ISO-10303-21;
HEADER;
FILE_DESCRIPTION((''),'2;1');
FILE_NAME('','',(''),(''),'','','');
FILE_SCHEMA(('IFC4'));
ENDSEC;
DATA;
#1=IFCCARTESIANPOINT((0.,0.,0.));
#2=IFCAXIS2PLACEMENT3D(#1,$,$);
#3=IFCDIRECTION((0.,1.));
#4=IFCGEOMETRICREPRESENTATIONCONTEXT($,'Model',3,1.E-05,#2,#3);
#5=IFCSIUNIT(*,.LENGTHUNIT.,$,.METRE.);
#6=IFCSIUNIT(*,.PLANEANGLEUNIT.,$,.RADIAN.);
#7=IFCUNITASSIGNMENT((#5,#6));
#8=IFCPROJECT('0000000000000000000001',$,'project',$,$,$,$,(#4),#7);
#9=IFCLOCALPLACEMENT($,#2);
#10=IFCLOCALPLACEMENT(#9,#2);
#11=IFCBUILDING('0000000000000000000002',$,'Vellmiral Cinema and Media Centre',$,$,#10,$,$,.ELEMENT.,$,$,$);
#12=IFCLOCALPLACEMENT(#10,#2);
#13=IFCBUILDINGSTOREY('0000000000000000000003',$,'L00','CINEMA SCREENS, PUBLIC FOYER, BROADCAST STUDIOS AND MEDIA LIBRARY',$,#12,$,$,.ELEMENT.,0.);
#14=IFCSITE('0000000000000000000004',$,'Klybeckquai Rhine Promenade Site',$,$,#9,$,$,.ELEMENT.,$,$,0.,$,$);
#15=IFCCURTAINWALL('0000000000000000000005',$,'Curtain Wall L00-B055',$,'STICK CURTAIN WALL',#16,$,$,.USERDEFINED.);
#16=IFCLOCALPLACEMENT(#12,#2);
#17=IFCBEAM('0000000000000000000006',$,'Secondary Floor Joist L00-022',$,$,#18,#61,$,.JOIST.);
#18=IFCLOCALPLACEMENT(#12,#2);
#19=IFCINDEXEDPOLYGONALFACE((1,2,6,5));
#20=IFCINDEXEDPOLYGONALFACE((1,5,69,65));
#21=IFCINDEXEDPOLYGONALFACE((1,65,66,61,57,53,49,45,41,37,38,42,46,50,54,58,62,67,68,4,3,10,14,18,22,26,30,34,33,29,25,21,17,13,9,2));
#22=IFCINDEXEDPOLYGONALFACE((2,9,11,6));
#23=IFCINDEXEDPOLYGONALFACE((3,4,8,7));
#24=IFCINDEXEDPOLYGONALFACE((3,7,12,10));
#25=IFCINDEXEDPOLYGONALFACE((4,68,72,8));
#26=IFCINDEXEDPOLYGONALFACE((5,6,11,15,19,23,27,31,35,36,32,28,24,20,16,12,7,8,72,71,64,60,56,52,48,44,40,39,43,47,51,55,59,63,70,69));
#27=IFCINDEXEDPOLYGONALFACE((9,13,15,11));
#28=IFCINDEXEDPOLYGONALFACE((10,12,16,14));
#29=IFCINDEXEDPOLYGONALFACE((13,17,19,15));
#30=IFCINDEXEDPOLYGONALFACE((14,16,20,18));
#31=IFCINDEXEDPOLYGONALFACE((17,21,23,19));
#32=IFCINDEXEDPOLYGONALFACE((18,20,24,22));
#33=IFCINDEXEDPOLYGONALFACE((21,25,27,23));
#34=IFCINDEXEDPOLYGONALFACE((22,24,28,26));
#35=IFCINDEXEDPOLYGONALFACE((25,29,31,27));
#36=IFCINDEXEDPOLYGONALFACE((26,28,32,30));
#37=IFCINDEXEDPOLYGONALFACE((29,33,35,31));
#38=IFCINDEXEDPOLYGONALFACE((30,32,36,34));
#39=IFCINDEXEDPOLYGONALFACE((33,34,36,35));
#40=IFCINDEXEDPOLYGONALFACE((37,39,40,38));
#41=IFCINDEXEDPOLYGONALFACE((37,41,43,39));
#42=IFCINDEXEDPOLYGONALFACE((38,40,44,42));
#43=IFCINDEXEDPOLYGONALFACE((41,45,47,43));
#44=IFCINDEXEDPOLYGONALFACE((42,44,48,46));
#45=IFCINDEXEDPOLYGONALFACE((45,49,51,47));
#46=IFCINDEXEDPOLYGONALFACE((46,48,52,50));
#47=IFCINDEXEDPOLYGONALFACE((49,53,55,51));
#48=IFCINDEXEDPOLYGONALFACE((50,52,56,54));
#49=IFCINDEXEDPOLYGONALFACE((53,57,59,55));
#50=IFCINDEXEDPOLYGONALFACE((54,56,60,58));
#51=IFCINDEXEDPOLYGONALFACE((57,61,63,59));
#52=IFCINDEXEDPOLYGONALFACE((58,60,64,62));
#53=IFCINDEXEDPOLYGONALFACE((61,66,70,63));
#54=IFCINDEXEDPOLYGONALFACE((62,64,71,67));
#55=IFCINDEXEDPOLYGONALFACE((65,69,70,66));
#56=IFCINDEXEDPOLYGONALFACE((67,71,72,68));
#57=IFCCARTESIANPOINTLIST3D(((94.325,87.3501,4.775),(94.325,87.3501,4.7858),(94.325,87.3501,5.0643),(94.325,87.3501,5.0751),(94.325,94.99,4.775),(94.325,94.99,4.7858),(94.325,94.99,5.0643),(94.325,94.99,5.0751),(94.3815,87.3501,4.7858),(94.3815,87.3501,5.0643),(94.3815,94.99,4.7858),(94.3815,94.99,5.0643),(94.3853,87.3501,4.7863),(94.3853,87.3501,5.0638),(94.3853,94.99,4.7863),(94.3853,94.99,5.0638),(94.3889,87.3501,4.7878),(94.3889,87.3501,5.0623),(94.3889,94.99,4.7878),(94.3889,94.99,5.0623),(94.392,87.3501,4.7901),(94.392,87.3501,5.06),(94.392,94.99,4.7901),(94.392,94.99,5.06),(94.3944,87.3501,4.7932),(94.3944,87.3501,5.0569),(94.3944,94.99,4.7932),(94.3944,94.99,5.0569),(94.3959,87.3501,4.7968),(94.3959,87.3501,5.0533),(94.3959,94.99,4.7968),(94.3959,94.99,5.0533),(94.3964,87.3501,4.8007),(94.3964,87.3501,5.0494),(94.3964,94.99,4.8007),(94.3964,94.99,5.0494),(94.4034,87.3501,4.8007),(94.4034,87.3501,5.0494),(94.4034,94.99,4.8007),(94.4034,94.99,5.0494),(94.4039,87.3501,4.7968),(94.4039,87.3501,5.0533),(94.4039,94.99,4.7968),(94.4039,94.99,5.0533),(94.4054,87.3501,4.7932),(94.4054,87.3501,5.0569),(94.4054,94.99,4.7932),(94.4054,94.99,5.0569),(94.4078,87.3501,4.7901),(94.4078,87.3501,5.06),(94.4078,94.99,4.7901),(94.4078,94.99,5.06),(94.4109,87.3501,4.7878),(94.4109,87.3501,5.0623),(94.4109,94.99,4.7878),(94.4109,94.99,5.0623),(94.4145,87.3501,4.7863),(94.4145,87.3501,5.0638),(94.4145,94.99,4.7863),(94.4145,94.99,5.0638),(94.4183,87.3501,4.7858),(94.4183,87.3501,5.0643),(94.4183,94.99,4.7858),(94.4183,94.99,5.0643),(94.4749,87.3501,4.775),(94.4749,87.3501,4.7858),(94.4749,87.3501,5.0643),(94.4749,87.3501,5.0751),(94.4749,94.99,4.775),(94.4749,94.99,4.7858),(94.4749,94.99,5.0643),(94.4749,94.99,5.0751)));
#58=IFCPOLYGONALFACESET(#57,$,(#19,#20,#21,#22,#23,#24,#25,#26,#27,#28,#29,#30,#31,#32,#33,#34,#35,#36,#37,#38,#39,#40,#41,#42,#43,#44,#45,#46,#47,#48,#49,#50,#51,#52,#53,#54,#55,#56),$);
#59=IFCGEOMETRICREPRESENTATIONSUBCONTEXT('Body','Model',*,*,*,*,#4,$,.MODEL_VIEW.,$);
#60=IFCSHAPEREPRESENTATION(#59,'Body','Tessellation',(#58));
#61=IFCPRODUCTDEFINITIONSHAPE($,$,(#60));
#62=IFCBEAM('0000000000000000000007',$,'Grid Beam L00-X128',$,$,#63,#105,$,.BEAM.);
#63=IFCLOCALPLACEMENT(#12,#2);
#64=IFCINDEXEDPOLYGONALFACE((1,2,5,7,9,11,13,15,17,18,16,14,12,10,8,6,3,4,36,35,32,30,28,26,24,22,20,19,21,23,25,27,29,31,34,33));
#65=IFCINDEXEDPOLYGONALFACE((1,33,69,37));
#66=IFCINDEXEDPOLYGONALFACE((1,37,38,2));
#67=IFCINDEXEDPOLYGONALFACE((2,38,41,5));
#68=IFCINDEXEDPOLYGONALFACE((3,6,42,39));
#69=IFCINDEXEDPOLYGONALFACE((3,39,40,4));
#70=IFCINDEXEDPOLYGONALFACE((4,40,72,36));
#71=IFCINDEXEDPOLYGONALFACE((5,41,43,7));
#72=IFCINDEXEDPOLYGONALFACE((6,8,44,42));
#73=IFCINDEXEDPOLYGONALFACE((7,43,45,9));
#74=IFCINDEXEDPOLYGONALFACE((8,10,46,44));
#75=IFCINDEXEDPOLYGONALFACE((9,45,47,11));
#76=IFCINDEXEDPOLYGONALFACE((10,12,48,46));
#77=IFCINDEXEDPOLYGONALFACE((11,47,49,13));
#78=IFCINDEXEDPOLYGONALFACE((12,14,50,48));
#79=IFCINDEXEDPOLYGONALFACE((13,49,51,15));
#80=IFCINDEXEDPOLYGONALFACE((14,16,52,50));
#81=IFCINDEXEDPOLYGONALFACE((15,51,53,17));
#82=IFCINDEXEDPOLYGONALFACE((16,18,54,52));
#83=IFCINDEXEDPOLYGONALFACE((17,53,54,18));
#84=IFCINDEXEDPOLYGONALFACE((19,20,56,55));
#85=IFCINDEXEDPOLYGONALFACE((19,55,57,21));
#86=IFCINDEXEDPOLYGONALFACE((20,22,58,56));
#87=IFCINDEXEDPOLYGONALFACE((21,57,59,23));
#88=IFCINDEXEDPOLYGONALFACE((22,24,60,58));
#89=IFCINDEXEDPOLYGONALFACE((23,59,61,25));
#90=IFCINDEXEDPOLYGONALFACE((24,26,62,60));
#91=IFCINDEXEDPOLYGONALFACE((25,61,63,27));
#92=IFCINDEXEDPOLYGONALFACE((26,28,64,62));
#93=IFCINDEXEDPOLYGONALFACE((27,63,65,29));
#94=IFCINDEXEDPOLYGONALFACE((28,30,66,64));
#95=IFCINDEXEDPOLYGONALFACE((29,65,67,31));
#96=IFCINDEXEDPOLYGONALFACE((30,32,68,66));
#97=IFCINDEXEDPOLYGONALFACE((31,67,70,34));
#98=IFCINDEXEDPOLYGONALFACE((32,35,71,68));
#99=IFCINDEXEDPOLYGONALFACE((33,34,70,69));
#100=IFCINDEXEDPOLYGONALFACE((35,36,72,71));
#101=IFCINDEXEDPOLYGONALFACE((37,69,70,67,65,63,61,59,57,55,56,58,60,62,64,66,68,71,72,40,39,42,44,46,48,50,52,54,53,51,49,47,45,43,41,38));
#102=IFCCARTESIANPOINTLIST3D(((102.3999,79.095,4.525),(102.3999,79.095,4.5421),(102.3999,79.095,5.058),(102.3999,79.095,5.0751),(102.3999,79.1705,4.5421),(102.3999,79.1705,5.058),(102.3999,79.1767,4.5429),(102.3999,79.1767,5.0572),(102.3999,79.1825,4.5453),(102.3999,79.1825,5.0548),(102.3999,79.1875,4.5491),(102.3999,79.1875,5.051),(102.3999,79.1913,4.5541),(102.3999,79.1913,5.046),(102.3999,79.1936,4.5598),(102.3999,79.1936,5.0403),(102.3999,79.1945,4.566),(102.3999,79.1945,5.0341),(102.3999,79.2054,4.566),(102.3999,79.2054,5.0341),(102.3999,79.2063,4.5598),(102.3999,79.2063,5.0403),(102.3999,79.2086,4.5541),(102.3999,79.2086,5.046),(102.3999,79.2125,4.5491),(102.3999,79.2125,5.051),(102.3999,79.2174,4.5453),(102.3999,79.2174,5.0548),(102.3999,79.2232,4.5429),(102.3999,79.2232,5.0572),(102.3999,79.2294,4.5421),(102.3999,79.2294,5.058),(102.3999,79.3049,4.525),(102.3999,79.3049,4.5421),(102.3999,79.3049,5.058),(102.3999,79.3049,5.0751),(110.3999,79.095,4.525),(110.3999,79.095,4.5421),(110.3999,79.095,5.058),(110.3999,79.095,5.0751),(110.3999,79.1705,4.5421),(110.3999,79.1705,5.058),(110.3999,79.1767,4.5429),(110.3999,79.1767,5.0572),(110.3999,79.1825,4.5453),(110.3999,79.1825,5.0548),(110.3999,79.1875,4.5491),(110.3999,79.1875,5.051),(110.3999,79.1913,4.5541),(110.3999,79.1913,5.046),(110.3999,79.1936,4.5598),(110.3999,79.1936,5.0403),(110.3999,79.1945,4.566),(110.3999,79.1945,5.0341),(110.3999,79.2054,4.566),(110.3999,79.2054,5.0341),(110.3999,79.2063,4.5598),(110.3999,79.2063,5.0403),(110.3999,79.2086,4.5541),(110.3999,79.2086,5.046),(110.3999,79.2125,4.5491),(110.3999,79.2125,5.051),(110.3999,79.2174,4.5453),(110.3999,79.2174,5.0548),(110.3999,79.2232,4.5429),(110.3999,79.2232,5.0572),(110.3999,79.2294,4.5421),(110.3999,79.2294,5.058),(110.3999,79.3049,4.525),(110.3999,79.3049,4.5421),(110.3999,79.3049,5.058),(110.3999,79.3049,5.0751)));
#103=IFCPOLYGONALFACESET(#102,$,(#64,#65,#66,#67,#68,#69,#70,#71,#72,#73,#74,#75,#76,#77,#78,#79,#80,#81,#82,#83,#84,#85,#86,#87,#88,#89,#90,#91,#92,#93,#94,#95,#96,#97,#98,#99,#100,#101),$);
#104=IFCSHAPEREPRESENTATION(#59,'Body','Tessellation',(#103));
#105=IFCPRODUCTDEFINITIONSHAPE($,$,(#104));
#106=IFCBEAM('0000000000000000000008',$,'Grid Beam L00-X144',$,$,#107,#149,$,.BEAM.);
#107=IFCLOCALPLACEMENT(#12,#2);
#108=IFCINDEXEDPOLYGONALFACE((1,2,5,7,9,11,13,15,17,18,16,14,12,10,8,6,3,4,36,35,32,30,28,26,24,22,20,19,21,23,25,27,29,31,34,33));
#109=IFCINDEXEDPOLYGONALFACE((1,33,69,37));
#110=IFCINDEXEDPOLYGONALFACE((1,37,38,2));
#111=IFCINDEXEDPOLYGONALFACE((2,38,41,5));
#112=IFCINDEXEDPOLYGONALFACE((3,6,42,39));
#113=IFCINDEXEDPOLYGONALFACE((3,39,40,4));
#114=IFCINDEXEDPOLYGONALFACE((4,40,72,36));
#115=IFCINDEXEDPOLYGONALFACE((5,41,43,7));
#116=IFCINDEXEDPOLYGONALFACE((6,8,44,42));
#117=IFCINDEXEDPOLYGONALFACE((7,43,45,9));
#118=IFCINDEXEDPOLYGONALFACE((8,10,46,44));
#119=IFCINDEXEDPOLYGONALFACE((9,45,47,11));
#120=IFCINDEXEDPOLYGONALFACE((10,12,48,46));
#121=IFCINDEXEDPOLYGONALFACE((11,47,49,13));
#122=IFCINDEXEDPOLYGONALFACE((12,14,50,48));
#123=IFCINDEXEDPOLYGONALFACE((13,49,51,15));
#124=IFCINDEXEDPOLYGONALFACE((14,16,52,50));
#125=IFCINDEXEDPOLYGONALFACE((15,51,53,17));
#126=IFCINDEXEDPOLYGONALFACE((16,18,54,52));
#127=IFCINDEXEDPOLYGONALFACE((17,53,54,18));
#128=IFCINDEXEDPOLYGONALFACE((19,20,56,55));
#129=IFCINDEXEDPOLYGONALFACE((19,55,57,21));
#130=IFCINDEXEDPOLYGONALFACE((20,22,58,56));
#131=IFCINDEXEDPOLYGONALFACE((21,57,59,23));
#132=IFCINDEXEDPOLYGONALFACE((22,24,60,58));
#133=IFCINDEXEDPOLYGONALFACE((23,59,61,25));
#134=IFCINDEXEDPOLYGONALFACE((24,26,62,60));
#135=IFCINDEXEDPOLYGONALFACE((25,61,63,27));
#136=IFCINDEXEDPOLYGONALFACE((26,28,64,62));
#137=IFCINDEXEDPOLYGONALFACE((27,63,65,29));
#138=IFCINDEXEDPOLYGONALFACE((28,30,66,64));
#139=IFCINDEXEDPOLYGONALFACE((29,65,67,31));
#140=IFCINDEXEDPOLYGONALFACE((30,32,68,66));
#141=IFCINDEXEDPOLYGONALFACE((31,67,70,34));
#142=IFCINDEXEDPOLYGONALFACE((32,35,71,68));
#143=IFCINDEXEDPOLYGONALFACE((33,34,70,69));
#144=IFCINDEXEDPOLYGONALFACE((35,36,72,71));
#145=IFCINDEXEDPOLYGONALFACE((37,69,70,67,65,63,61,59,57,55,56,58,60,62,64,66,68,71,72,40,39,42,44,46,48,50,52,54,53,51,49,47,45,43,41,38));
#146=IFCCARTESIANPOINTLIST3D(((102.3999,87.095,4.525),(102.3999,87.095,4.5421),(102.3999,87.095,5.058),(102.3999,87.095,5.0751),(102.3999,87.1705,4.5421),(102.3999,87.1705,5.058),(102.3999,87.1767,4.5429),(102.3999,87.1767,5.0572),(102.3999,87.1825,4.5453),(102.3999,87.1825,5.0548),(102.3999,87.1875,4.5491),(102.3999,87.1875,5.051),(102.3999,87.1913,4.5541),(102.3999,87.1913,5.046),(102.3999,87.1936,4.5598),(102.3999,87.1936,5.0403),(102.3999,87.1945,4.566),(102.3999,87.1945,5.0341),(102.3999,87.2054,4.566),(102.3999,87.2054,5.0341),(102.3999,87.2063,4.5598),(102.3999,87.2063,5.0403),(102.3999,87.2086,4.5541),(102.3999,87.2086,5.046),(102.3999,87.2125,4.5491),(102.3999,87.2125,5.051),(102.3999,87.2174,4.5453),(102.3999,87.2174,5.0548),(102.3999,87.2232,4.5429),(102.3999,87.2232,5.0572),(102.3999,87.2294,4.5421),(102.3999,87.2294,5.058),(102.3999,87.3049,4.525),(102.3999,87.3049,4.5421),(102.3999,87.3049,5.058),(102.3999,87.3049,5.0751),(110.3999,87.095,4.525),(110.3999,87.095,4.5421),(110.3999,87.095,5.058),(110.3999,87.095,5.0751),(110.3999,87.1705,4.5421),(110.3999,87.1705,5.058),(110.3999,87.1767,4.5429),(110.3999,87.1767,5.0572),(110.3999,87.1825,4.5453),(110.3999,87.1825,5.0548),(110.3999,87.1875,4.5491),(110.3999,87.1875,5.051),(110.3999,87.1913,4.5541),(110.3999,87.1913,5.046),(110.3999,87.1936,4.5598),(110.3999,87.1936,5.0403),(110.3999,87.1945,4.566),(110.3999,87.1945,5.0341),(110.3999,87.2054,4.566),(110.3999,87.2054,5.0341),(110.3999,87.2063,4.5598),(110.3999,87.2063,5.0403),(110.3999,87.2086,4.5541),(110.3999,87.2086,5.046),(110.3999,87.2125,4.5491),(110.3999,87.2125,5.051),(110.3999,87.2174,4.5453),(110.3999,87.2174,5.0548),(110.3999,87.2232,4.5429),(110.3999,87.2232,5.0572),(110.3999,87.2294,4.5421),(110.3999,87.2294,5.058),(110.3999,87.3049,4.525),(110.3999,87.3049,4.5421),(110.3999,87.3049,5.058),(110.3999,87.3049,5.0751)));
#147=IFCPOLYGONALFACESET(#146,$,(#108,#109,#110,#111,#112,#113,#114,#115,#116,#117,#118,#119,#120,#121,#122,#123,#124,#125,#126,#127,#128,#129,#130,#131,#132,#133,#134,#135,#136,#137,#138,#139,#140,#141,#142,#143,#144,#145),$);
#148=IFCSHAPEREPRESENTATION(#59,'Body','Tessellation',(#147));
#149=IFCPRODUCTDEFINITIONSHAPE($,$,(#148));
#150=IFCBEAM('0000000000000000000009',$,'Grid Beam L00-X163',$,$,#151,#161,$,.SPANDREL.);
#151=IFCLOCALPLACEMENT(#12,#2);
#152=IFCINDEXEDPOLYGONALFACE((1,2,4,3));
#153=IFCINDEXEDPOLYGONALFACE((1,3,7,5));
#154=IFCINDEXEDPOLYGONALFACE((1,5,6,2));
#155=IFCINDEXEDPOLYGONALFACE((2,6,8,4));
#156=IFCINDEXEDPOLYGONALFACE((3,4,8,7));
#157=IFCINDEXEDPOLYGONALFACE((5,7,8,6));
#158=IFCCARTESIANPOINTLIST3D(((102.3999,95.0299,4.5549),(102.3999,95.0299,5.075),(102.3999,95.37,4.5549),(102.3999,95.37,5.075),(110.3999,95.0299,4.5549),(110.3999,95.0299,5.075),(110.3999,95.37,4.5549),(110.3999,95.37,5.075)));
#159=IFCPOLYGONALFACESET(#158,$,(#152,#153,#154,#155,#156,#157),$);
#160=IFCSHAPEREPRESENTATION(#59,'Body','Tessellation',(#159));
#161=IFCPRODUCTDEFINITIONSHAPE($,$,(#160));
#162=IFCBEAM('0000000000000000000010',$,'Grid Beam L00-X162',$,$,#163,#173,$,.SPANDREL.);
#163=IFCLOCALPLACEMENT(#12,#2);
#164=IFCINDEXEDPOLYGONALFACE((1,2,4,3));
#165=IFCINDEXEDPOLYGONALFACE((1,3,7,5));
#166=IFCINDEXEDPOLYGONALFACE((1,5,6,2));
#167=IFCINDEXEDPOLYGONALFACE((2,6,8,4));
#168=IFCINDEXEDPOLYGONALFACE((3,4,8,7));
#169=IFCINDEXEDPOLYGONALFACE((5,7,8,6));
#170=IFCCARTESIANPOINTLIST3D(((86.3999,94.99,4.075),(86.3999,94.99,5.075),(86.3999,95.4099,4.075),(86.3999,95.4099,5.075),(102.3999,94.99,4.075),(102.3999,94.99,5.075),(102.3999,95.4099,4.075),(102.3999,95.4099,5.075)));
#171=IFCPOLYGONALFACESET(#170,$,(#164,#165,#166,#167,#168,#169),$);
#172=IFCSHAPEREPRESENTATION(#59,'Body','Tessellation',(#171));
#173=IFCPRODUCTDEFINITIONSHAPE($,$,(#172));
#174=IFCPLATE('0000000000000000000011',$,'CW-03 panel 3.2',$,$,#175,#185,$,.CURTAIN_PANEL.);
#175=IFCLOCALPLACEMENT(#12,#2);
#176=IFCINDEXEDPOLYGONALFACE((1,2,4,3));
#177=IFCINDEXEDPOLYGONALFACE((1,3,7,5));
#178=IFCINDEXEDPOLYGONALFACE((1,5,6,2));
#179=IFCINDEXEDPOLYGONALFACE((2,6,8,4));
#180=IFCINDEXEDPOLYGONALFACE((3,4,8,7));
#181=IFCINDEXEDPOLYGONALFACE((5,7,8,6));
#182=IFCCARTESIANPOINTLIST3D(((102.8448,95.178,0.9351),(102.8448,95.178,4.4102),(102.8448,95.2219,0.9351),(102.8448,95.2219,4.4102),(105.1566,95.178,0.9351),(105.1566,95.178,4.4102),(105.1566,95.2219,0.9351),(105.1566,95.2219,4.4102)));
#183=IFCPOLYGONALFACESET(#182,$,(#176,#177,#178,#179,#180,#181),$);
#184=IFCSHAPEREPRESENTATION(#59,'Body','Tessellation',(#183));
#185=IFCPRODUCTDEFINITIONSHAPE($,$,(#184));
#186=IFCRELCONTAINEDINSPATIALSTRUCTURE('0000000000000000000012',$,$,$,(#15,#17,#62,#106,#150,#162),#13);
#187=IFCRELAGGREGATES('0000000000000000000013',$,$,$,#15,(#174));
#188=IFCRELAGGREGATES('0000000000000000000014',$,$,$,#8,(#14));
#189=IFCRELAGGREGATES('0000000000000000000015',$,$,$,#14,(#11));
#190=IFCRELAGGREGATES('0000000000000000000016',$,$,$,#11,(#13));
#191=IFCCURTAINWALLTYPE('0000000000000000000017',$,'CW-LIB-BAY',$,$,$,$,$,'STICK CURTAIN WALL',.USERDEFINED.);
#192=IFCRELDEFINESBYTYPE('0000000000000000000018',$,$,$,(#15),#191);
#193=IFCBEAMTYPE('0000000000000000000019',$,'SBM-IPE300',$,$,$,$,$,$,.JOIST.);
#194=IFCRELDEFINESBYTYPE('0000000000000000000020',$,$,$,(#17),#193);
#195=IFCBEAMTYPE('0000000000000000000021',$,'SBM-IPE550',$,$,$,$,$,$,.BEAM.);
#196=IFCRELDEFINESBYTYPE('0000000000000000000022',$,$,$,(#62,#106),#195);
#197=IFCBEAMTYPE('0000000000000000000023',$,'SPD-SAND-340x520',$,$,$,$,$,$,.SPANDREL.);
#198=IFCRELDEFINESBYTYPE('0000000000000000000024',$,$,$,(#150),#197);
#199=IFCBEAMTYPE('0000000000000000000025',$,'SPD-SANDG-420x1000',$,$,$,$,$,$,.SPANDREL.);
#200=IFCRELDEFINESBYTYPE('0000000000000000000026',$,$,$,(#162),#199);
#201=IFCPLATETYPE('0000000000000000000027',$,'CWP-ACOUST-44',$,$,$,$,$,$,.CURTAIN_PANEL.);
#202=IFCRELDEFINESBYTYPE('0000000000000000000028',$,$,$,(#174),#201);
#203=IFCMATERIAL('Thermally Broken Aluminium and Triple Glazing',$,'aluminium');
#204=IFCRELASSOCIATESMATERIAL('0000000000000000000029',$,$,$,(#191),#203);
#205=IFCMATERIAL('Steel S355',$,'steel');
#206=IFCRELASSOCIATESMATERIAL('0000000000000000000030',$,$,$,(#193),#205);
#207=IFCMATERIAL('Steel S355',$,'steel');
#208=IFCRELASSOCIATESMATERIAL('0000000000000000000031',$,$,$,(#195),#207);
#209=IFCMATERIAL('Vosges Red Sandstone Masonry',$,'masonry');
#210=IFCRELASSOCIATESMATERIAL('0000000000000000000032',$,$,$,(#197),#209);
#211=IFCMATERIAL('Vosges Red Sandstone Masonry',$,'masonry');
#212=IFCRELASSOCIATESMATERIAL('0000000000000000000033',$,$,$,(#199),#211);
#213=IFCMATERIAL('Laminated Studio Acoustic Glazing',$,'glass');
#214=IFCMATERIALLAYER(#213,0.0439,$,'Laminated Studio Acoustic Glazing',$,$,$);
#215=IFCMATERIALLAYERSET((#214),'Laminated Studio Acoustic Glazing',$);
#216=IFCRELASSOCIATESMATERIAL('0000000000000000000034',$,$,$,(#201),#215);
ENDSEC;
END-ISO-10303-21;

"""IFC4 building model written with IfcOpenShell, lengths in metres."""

from ifc_helpers import new_model, si_unit, direction, frame, origin, origin_2d, place, context, subcontext, project, spatial, rectangle, i_section, extrude, material, layer, layer_set, material_profile, profile_set, type_object, element, aggregate, save


model = new_model("IFC4")

# Units and contexts
model_context = context("Model", 3, precision=1e-05, world=origin(), true_north=direction((0.0, 1.0)))
body_context = subcontext(model_context, "Body", "Model", "MODEL_VIEW")
ifc_project = project(units=[si_unit("LENGTHUNIT", "METRE"), si_unit("PLANEANGLEUNIT", "RADIAN")], contexts=[model_context])

# Site, building, storey
site_placement = place(None, origin())
site = spatial("IfcSite", under=ifc_project, at=site_placement, Name="Klybeckquai Rhine Promenade Site", CompositionType="ELEMENT", RefElevation=0.0)
building_placement = place(site_placement, origin())
building = spatial("IfcBuilding", under=site, at=building_placement, Name="Vellmiral Cinema and Media Centre", CompositionType="ELEMENT")
storey_placement = place(building_placement, origin())
storey = spatial("IfcBuildingStorey", under=building, at=storey_placement, Name="L00", Description="CINEMA SCREENS, PUBLIC FOYER, BROADCAST STUDIOS AND MEDIA LIBRARY", CompositionType="ELEMENT", Elevation=0.0)

# Curtain wall
ifc_material_1 = material(Name="Thermally Broken Aluminium and Triple Glazing", Category="aluminium")
curtain_wall_type = type_object("IfcCurtainWallType", Name="CW-LIB-BAY", ElementType="STICK CURTAIN WALL", PredefinedType="USERDEFINED", material=ifc_material_1)
curtain_wall_placement = place(storey_placement, origin())
curtain_wall = element("IfcCurtainWall", 1, at=curtain_wall_placement, inside=storey, type_object=curtain_wall_type, Name="Curtain Wall L00-B055", ObjectType="STICK CURTAIN WALL", PredefinedType="USERDEFINED")

# Beams
ifc_material_2 = material(Name="Steel S355", Category="steel")
ifc_material_profile_1 = material_profile(ifc_material_2, i_section(OverallWidth=0.1499, OverallDepth=0.3, WebThickness=0.0071, FlangeThickness=0.0107, FilletRadius=0.0149, at=origin_2d()), Name="IPE 300")
ifc_profile_set_1 = profile_set([ifc_material_profile_1], Name="Steel S355")
beam_type_1 = type_object("IfcBeamType", Name="SBM-IPE300", PredefinedType="JOIST", material=ifc_profile_set_1)
beam_1_placement = place(storey_placement, frame((94.3999, 87.3501, 4.925), z_axis=(0.0, 1.0, 0.0), x_axis=(-1.0, 0.0, 0.0)))
element("IfcBeam", 2, at=beam_1_placement, inside=storey, type_object=beam_type_1, Name="Secondary Floor Joist L00-022", PredefinedType="JOIST", context=body_context, shape_type="SweptSolid", body=[
    extrude(i_section(OverallWidth=0.1499, OverallDepth=0.3, WebThickness=0.0071, FlangeThickness=0.0107, FilletRadius=0.0149, at=origin_2d()), origin(), (0.0, 0.0, 1.0), 7.6399),
])
ifc_material_3 = material(Name="Steel S355", Category="steel")
ifc_material_profile_2 = material_profile(ifc_material_3, i_section(OverallWidth=0.21, OverallDepth=0.55, WebThickness=0.011, FlangeThickness=0.0171, FilletRadius=0.0239, at=origin_2d()), Name="IPE 550")
ifc_profile_set_2 = profile_set([ifc_material_profile_2], Name="Steel S355")
beam_type_2 = type_object("IfcBeamType", Name="SBM-IPE550", PredefinedType="BEAM", material=ifc_profile_set_2)
for number, where, z_axis, x_axis, name in (
    (3, (102.3999, 79.2, 4.8), (1.0, 0.0, 0.0), (0.0, 1.0, 0.0), "Grid Beam L00-X128"),
    (4, (102.3999, 87.2, 4.8), (1.0, 0.0, 0.0), (0.0, 1.0, 0.0), "Grid Beam L00-X144"),
):
    element("IfcBeam", number, at=place(storey_placement, frame(where, z_axis=z_axis, x_axis=x_axis)), inside=storey, type_object=beam_type_2, Name=name, PredefinedType="BEAM", context=body_context, shape_type="SweptSolid", body=[
        extrude(i_section(OverallWidth=0.21, OverallDepth=0.55, WebThickness=0.011, FlangeThickness=0.0171, FilletRadius=0.0239, at=origin_2d()), origin(), (0.0, 0.0, 1.0), 8.0),
    ])
ifc_material_4 = material(Name="Vosges Red Sandstone Masonry", Category="masonry")
ifc_material_profile_3 = material_profile(ifc_material_4, rectangle(XDim=0.3401, YDim=0.52, at=origin_2d()), Name="SAND 340x520")
ifc_profile_set_3 = profile_set([ifc_material_profile_3], Name="Vosges Red Sandstone Masonry")
beam_type_3 = type_object("IfcBeamType", Name="SPD-SAND-340x520", PredefinedType="SPANDREL", material=ifc_profile_set_3)
beam_2_placement = place(storey_placement, frame((102.3999, 95.2, 4.8149), z_axis=(1.0, 0.0, 0.0), x_axis=(0.0, 1.0, 0.0)))
element("IfcBeam", 5, at=beam_2_placement, inside=storey, type_object=beam_type_3, Name="Grid Beam L00-X163", PredefinedType="SPANDREL", context=body_context, shape_type="SweptSolid", body=[
    extrude(rectangle(XDim=0.3401, YDim=0.52, at=origin_2d()), origin(), (0.0, 0.0, 1.0), 8.0),
])
ifc_material_5 = material(Name="Vosges Red Sandstone Masonry", Category="masonry")
ifc_material_profile_4 = material_profile(ifc_material_5, rectangle(XDim=0.4199, YDim=1.0, at=origin_2d()), Name="SAND 420x1000")
ifc_profile_set_4 = profile_set([ifc_material_profile_4], Name="Vosges Red Sandstone Masonry")
beam_type_4 = type_object("IfcBeamType", Name="SPD-SANDG-420x1000", PredefinedType="SPANDREL", material=ifc_profile_set_4)
beam_3_placement = place(storey_placement, frame((86.3999, 95.2, 4.575), z_axis=(1.0, 0.0, 0.0), x_axis=(0.0, 1.0, 0.0)))
element("IfcBeam", 6, at=beam_3_placement, inside=storey, type_object=beam_type_4, Name="Grid Beam L00-X162", PredefinedType="SPANDREL", context=body_context, shape_type="SweptSolid", body=[
    extrude(rectangle(XDim=0.4199, YDim=1.0, at=origin_2d()), origin(), (0.0, 0.0, 1.0), 16.0),
])

# Plate
ifc_material_6 = material(Name="Laminated Studio Acoustic Glazing", Category="glass")
ifc_layer_1 = layer(ifc_material_6, 0.0439, Name="Laminated Studio Acoustic Glazing")
ifc_layer_set_1 = layer_set([ifc_layer_1], Name="Laminated Studio Acoustic Glazing")
plate_type_1 = type_object("IfcPlateType", Name="CWP-ACOUST-44", PredefinedType="CURTAIN_PANEL", material=ifc_layer_set_1)
plate_1_placement = place(storey_placement, frame((104.0007, 95.2, 0.9351), z_axis=(0.0, 0.0, 1.0), x_axis=(-1.0, 0.0, 0.0)))
plate_1 = element("IfcPlate", 7, at=plate_1_placement, type_object=plate_type_1, Name="CW-03 panel 3.2", PredefinedType="CURTAIN_PANEL", context=body_context, shape_type="SweptSolid", body=[
    extrude(rectangle(XDim=2.3118, YDim=0.0439, at=origin_2d()), origin(), (0.0, 0.0, 1.0), 3.4751),
])
aggregate(curtain_wall, [plate_1])

save(model, "model.ifc")
